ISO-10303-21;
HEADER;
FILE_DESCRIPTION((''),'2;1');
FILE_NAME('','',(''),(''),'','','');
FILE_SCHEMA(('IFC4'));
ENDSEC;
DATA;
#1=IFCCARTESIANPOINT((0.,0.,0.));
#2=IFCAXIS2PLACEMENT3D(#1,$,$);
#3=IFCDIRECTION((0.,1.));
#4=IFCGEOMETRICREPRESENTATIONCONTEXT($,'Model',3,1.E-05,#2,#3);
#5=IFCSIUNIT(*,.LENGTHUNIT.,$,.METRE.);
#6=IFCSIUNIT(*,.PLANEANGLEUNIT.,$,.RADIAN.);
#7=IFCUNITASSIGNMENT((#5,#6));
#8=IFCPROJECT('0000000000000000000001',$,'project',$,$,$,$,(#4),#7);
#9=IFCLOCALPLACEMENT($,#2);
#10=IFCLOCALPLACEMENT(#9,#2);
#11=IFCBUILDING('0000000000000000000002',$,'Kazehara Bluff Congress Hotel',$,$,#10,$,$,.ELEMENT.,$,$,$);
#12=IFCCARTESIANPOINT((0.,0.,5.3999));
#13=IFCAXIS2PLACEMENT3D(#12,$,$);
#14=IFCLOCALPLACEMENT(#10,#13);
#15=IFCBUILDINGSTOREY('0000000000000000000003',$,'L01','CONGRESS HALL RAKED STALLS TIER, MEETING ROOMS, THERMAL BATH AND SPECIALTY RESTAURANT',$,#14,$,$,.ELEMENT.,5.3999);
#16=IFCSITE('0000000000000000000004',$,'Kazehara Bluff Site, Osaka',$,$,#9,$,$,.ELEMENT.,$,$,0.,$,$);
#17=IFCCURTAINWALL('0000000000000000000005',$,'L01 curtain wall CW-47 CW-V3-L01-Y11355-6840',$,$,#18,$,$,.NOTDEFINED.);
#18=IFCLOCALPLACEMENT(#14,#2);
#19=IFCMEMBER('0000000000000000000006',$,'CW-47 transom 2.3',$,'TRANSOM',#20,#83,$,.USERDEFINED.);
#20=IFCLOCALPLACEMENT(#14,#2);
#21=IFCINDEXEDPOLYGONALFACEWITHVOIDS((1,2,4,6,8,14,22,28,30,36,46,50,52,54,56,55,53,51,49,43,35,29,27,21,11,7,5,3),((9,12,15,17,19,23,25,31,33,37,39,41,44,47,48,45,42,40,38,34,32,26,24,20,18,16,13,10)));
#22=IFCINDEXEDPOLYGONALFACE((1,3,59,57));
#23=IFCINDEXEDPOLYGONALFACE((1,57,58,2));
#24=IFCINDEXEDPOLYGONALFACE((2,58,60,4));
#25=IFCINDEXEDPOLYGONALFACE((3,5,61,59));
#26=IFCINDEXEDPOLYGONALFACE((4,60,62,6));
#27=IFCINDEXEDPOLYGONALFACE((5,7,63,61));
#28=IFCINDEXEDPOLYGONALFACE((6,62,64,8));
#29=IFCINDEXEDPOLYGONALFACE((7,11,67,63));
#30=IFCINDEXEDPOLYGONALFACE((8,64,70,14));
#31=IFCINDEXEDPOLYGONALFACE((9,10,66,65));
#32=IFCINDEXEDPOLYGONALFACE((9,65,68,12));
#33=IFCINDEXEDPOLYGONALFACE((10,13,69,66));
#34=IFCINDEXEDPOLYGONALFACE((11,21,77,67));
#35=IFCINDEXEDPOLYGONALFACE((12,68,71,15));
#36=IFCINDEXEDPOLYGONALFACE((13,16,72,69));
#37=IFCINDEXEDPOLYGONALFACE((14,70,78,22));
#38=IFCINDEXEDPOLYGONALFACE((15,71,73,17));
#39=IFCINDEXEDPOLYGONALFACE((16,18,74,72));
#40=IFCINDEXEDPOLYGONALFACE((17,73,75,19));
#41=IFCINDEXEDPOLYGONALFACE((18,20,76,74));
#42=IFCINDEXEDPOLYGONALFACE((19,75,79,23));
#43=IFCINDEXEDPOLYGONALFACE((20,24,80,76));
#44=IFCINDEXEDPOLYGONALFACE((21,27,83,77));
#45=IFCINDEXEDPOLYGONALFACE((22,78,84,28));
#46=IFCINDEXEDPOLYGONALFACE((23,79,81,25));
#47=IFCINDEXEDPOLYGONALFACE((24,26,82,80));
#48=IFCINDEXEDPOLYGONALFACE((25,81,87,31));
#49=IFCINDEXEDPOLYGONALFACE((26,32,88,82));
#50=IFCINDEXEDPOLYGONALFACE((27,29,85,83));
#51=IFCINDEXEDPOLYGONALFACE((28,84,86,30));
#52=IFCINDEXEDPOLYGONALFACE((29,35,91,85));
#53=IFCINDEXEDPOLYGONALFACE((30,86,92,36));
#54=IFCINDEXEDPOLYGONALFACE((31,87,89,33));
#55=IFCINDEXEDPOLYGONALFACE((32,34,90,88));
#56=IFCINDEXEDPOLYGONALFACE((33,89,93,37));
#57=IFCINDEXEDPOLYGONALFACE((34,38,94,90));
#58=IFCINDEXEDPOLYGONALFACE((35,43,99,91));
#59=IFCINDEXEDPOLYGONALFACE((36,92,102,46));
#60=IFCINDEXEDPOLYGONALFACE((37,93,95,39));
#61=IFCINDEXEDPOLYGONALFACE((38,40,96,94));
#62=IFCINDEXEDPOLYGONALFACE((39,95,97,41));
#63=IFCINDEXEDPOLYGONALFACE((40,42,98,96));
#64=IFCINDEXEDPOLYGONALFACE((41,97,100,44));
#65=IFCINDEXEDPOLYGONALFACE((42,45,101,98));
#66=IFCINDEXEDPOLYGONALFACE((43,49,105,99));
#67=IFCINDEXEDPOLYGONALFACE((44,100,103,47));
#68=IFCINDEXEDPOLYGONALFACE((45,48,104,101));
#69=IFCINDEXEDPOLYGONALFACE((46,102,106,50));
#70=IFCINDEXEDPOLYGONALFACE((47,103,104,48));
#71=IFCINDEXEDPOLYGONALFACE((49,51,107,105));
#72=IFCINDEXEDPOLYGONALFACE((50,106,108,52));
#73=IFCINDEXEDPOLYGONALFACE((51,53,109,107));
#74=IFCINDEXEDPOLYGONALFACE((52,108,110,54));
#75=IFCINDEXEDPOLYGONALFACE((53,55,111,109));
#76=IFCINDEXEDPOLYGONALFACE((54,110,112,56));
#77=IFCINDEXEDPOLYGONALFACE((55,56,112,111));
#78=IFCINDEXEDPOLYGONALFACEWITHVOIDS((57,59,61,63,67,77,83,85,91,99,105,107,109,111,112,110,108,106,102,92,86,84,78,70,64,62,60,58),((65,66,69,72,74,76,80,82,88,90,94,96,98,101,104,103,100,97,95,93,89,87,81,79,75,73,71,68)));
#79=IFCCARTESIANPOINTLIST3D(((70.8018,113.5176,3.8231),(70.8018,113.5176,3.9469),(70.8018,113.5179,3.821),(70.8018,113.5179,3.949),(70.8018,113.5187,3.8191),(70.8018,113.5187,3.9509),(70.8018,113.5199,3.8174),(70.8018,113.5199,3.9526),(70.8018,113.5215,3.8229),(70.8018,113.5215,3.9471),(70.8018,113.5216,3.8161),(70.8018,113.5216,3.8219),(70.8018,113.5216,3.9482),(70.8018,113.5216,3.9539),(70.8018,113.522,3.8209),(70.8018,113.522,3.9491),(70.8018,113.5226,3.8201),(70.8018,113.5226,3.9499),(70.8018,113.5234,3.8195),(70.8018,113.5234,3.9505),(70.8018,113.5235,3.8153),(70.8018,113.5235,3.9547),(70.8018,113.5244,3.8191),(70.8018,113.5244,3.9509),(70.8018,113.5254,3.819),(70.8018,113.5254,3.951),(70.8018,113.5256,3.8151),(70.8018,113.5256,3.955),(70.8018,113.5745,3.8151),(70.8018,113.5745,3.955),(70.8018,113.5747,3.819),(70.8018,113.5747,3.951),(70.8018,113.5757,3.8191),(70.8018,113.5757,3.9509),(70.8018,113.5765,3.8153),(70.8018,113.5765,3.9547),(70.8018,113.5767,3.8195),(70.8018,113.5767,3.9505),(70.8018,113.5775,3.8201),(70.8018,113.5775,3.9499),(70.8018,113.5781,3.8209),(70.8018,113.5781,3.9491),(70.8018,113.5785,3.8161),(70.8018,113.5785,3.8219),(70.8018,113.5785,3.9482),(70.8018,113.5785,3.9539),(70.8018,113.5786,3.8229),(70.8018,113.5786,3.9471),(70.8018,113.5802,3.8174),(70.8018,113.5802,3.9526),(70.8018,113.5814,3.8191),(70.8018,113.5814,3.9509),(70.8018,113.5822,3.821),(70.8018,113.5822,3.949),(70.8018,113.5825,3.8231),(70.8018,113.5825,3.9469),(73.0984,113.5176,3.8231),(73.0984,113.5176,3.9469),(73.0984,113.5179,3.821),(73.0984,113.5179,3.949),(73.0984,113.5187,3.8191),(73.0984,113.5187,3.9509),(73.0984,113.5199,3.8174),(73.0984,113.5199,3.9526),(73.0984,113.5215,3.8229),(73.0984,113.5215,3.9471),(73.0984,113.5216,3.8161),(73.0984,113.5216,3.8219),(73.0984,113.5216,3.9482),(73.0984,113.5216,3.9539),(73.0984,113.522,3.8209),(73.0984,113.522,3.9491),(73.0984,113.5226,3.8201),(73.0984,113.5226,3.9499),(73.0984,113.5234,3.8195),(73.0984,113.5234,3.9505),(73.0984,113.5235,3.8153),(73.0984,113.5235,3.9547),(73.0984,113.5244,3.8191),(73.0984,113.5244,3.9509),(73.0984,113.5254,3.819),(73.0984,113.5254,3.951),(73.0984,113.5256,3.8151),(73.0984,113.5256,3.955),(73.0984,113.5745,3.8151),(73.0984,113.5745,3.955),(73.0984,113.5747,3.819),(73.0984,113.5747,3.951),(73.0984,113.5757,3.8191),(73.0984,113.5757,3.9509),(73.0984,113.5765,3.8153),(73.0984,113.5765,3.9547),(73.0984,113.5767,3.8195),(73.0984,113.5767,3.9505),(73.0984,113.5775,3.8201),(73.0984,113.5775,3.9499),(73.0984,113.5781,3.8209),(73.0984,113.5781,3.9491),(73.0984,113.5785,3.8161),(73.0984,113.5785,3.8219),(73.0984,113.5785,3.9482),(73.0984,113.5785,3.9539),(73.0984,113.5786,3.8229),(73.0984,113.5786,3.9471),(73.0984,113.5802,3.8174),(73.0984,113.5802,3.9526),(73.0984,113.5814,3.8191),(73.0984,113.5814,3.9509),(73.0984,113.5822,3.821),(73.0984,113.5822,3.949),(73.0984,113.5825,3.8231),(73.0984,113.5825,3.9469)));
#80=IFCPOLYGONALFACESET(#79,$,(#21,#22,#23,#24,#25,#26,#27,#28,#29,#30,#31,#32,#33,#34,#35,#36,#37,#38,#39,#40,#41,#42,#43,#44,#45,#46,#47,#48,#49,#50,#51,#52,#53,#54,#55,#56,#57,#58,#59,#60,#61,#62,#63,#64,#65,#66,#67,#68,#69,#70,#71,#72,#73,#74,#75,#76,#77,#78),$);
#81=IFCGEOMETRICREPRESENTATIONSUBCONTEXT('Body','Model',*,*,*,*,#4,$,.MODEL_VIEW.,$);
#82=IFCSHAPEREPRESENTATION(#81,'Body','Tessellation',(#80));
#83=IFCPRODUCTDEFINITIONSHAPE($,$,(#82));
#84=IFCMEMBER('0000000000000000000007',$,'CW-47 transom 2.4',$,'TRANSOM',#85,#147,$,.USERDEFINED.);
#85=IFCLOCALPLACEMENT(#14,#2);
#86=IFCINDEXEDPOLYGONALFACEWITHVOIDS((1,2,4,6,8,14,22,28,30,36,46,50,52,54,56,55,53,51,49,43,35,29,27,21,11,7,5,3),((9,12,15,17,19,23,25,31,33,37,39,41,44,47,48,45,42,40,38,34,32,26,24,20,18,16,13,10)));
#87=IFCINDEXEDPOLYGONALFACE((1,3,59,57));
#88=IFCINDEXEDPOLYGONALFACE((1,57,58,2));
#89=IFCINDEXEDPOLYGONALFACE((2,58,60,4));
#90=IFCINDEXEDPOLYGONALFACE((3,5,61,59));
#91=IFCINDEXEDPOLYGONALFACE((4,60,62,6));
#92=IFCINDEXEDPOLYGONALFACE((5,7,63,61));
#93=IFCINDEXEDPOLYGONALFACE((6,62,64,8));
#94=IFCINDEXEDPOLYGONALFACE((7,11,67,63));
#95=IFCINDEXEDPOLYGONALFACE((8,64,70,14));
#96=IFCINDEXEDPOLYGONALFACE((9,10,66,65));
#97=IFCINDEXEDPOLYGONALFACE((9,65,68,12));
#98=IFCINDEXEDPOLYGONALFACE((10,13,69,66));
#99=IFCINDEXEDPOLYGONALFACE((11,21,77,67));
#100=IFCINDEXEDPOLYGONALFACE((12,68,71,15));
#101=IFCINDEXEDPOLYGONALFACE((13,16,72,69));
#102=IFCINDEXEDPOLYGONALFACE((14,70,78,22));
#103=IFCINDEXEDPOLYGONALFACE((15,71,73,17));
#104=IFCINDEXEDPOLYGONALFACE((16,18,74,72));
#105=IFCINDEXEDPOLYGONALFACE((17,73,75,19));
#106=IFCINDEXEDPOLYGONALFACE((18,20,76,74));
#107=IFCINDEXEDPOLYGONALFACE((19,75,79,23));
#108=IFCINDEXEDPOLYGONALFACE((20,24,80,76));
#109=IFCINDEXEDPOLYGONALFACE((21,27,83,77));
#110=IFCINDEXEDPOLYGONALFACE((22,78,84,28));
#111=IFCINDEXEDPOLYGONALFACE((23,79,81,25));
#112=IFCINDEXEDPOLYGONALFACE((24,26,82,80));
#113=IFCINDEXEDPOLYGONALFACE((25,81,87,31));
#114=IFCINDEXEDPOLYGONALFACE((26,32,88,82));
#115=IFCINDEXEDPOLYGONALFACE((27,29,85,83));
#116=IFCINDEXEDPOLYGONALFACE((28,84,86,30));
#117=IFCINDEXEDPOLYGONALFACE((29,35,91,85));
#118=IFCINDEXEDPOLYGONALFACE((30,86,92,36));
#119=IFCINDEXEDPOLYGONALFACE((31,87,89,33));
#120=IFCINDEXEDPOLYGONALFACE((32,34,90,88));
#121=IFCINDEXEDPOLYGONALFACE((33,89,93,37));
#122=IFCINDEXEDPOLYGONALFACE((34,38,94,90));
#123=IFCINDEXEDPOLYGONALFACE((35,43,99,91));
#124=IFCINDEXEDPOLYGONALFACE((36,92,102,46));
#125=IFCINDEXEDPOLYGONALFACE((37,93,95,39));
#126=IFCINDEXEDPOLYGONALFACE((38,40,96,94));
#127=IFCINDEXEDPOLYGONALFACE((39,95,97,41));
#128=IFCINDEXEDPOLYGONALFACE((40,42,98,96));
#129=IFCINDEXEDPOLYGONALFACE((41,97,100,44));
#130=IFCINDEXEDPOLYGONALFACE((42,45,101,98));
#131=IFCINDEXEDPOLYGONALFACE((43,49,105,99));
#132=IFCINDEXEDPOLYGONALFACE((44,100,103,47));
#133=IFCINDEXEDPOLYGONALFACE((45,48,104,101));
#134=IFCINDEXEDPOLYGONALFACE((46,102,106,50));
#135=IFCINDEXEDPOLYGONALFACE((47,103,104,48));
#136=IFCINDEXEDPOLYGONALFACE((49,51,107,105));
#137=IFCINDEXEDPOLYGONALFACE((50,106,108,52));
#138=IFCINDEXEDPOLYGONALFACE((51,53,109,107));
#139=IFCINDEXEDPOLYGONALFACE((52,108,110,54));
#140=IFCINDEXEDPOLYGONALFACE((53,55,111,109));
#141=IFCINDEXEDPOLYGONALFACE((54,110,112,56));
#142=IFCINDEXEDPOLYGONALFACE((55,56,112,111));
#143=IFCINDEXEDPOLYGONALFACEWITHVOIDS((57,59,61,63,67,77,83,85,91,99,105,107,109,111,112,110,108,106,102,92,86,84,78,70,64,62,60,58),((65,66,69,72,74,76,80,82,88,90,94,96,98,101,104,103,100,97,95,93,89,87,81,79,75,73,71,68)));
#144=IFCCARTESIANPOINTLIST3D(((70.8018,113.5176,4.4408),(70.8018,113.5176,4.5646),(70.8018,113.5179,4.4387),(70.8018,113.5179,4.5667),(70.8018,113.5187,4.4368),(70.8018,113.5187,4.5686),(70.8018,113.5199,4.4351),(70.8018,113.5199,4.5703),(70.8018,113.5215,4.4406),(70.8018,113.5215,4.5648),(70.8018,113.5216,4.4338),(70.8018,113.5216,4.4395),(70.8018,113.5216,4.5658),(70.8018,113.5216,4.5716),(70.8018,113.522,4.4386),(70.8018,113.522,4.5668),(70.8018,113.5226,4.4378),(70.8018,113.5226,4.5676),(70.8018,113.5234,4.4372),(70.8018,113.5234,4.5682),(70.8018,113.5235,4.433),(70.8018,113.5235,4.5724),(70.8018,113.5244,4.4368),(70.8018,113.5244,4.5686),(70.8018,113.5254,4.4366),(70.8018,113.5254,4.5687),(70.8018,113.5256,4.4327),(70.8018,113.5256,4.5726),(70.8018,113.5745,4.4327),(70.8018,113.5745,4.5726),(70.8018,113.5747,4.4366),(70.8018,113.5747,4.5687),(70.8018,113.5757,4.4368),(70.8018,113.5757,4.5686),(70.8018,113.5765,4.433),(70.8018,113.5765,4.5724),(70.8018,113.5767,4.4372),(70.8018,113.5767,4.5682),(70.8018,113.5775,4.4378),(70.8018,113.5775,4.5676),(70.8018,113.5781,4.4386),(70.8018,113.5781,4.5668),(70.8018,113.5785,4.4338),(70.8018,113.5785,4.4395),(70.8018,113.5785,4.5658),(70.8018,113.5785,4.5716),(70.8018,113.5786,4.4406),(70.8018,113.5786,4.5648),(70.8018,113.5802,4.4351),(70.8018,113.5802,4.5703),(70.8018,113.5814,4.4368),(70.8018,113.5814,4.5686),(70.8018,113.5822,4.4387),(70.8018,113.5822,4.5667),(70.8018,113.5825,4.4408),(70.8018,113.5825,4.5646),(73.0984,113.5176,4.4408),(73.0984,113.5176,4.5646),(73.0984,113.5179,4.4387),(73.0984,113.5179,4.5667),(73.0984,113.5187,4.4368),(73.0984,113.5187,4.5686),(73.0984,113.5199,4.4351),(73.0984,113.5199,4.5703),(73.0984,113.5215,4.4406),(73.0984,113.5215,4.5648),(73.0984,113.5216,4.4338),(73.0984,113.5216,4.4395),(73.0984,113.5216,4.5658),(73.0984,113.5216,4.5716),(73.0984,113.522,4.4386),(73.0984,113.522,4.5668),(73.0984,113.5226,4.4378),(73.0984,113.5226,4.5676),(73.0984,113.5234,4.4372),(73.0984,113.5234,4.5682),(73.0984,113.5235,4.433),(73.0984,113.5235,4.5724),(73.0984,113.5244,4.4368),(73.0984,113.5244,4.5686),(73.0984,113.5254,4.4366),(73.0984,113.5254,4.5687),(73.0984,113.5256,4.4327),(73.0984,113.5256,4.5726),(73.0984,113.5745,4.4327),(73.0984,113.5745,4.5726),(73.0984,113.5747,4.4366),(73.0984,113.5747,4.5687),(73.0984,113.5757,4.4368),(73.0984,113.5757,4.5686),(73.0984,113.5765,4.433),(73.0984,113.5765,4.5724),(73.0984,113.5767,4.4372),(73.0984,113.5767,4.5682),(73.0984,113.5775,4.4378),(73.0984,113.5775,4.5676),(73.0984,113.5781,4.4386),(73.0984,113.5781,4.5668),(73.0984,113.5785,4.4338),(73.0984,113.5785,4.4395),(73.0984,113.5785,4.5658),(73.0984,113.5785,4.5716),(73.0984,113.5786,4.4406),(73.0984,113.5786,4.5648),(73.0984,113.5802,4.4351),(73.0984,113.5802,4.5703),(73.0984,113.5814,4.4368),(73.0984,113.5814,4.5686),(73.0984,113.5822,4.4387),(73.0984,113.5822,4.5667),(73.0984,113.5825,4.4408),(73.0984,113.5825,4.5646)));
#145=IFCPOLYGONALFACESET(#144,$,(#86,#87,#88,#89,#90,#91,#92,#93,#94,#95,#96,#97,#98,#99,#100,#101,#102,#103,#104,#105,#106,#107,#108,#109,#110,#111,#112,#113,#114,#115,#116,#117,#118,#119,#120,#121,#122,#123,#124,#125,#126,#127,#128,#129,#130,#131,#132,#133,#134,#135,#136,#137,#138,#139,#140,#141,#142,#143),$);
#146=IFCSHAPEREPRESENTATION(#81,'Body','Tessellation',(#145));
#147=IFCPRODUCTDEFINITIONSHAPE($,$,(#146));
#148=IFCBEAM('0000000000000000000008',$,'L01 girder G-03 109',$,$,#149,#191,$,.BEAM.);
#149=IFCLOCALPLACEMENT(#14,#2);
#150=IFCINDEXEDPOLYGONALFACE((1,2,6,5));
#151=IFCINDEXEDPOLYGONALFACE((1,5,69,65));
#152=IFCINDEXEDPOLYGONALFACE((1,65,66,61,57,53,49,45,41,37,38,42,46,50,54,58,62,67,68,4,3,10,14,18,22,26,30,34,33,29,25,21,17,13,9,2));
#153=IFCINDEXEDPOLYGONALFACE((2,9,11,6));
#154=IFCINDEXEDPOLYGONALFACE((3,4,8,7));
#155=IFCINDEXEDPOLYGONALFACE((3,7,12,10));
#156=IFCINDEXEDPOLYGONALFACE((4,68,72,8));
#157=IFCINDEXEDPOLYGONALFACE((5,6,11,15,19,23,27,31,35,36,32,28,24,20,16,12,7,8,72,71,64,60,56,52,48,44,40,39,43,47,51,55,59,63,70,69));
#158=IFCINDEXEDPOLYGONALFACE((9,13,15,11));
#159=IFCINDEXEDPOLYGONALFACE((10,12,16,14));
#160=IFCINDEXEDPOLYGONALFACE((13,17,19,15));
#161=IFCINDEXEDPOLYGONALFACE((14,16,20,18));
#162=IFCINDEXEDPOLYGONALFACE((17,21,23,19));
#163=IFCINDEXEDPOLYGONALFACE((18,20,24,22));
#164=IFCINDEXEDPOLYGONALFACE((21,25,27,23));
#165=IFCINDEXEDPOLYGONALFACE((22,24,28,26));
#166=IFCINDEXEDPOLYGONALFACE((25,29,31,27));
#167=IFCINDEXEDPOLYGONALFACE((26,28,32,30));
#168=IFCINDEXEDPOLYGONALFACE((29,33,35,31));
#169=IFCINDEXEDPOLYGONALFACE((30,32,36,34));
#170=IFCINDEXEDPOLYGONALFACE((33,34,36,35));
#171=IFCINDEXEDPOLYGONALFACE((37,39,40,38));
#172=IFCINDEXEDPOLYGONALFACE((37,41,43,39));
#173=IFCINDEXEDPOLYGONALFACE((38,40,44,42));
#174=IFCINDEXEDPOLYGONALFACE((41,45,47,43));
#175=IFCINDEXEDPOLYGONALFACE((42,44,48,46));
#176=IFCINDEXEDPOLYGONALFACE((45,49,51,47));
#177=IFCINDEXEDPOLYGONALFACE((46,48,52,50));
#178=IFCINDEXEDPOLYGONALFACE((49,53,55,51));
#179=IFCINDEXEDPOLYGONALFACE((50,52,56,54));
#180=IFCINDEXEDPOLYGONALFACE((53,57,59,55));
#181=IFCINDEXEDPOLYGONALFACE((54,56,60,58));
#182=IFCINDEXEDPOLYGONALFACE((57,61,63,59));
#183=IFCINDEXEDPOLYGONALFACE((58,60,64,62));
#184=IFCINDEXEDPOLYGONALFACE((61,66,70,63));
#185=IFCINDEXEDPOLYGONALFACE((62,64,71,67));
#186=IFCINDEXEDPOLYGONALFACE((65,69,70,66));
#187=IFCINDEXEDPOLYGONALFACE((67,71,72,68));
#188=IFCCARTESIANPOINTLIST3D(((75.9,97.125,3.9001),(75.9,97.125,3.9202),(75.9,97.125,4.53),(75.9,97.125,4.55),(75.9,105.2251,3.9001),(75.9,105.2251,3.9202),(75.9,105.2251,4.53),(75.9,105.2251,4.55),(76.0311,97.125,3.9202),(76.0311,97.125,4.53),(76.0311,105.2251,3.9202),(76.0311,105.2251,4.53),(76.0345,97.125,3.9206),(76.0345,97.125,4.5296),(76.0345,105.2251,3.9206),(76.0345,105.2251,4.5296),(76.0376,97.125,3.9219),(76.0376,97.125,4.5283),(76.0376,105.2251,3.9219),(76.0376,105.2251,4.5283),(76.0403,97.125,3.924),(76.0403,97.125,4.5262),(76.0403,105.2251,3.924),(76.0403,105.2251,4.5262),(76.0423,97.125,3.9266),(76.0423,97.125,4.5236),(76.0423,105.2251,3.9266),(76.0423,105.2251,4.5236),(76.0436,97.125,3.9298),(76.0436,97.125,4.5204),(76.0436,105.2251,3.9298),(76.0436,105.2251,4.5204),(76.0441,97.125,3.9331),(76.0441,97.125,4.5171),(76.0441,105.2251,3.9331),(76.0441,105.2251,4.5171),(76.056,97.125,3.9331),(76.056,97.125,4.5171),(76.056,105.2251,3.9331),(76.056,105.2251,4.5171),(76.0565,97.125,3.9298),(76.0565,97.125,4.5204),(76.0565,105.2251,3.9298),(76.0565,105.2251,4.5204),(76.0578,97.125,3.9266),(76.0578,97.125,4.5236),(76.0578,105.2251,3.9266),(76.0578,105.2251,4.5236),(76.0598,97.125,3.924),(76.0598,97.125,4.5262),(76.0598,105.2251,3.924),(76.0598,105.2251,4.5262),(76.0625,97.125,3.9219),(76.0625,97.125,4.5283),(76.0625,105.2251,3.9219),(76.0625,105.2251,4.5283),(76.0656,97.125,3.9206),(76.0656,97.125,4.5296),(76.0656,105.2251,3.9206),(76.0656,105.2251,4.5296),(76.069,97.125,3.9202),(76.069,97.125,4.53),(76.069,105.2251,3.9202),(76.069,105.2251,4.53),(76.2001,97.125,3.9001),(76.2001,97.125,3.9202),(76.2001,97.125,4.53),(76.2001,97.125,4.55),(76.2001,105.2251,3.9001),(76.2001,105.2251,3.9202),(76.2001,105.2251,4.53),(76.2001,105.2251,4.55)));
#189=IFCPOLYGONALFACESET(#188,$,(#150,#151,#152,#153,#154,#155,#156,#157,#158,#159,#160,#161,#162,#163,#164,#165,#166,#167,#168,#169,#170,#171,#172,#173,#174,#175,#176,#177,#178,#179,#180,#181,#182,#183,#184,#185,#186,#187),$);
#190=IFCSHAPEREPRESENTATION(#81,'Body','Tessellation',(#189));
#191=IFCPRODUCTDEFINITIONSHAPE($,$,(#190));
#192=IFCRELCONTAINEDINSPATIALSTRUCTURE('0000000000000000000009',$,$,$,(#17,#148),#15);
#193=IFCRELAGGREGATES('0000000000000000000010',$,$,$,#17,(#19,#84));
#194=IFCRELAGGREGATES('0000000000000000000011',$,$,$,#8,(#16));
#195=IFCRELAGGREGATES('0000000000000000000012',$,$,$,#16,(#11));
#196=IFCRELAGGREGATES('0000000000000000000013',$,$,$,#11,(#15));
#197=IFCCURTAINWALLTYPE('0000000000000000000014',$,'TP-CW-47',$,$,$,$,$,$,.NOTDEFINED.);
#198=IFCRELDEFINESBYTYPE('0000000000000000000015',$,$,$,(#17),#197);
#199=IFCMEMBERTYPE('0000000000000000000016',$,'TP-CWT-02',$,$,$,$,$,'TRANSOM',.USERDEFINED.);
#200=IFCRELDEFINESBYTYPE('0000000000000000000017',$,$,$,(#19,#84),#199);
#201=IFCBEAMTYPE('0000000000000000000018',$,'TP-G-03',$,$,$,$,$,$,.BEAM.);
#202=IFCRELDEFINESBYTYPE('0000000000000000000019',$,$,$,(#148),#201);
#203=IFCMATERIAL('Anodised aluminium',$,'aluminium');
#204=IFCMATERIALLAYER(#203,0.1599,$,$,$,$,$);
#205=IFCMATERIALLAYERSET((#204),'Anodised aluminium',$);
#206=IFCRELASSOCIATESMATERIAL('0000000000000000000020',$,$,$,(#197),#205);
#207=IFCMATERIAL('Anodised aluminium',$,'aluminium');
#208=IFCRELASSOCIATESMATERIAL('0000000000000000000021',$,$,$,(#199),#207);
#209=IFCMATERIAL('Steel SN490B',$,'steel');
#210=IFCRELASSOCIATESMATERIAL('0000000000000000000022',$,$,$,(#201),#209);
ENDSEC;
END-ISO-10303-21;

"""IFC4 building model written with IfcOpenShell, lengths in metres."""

from ifc_helpers import new_model, si_unit, direction, frame, origin, origin_2d, place, context, subcontext, project, spatial, hollow_rectangle, i_section, extrude, material, layer, layer_set, material_profile, profile_set, type_object, element, aggregate, save


model = new_model("IFC4")

# Units and contexts
model_context = context("Model", 3, precision=1e-05, world=origin(), true_north=direction((0.0, 1.0)))
body_context = subcontext(model_context, "Body", "Model", "MODEL_VIEW")
ifc_project = project(units=[si_unit("LENGTHUNIT", "METRE"), si_unit("PLANEANGLEUNIT", "RADIAN")], contexts=[model_context])

# Site, building, storey
site_placement = place(None, origin())
site = spatial("IfcSite", under=ifc_project, at=site_placement, Name="Kazehara Bluff Site, Osaka", CompositionType="ELEMENT", RefElevation=0.0)
building_placement = place(site_placement, origin())
building = spatial("IfcBuilding", under=site, at=building_placement, Name="Kazehara Bluff Congress Hotel", CompositionType="ELEMENT")
storey_placement = place(building_placement, frame((0.0, 0.0, 5.3999)))
storey = spatial("IfcBuildingStorey", under=building, at=storey_placement, Name="L01", Description="CONGRESS HALL RAKED STALLS TIER, MEETING ROOMS, THERMAL BATH AND SPECIALTY RESTAURANT", CompositionType="ELEMENT", Elevation=5.3999)

# Curtain wall, members
ifc_material_1 = material(Name="Anodised aluminium", Category="aluminium")
ifc_layer_1 = layer(ifc_material_1, 0.1599)
ifc_layer_set_1 = layer_set([ifc_layer_1], Name="Anodised aluminium")
curtain_wall_type = type_object("IfcCurtainWallType", Name="TP-CW-47", PredefinedType="NOTDEFINED", material=ifc_layer_set_1)
curtain_wall_placement = place(storey_placement, origin())
curtain_wall = element("IfcCurtainWall", 1, at=curtain_wall_placement, inside=storey, type_object=curtain_wall_type, Name="L01 curtain wall CW-47 CW-V3-L01-Y11355-6840", PredefinedType="NOTDEFINED")
ifc_material_2 = material(Name="Anodised aluminium", Category="aluminium")
ifc_material_profile_1 = material_profile(ifc_material_2, hollow_rectangle(XDim=0.0649, YDim=0.1399, WallThickness=0.0039, InnerFilletRadius=0.0039, OuterFilletRadius=0.0081, at=origin_2d()))
ifc_profile_set_1 = profile_set([ifc_material_profile_1], Name="Anodised aluminium")
member_type_1 = type_object("IfcMemberType", Name="TP-CWT-02", ElementType="TRANSOM", PredefinedType="USERDEFINED", material=ifc_profile_set_1)
member_1_placement = place(storey_placement, frame((70.8018, 113.55, 3.885), z_axis=(1.0, 0.0, 0.0), x_axis=(0.0, 1.0, 0.0)))
member_1 = element("IfcMember", 2, at=member_1_placement, type_object=member_type_1, Name="CW-47 transom 2.3", ObjectType="TRANSOM", PredefinedType="USERDEFINED", context=body_context, shape_type="SweptSolid", body=[
    extrude(hollow_rectangle(XDim=0.0649, YDim=0.1399, WallThickness=0.0039, InnerFilletRadius=0.0039, OuterFilletRadius=0.0081, at=origin_2d()), origin(), (0.0, 0.0, 1.0), 2.2966),
])
member_2_placement = place(storey_placement, frame((70.8018, 113.55, 4.5027), z_axis=(1.0, 0.0, 0.0), x_axis=(0.0, 1.0, 0.0)))
member_2 = element("IfcMember", 3, at=member_2_placement, type_object=member_type_1, Name="CW-47 transom 2.4", ObjectType="TRANSOM", PredefinedType="USERDEFINED", context=body_context, shape_type="SweptSolid", body=[
    extrude(hollow_rectangle(XDim=0.0649, YDim=0.1399, WallThickness=0.0039, InnerFilletRadius=0.0039, OuterFilletRadius=0.0081, at=origin_2d()), origin(), (0.0, 0.0, 1.0), 2.2966),
])

# Beam
ifc_material_3 = material(Name="Steel SN490B", Category="steel")
ifc_material_profile_2 = material_profile(ifc_material_3, i_section(OverallWidth=0.3, OverallDepth=0.6499, WebThickness=0.012, FlangeThickness=0.02, FilletRadius=0.0129, at=origin_2d()))
ifc_profile_set_2 = profile_set([ifc_material_profile_2], Name="Steel SN490B")
beam_type_1 = type_object("IfcBeamType", Name="TP-G-03", PredefinedType="BEAM", material=ifc_profile_set_2)
beam_1_placement = place(storey_placement, frame((76.05, 97.125, 4.2251), z_axis=(0.0, 1.0, 0.0), x_axis=(-1.0, 0.0, 0.0)))
element("IfcBeam", 4, at=beam_1_placement, inside=storey, type_object=beam_type_1, Name="L01 girder G-03 109", PredefinedType="BEAM", context=body_context, shape_type="SweptSolid", body=[
    extrude(i_section(OverallWidth=0.3, OverallDepth=0.6499, WebThickness=0.012, FlangeThickness=0.02, FilletRadius=0.0129, at=origin_2d()), origin(), (0.0, 0.0, 1.0), 8.1001),
])

aggregate(curtain_wall, [member_1, member_2])

save(model, "model.ifc")
